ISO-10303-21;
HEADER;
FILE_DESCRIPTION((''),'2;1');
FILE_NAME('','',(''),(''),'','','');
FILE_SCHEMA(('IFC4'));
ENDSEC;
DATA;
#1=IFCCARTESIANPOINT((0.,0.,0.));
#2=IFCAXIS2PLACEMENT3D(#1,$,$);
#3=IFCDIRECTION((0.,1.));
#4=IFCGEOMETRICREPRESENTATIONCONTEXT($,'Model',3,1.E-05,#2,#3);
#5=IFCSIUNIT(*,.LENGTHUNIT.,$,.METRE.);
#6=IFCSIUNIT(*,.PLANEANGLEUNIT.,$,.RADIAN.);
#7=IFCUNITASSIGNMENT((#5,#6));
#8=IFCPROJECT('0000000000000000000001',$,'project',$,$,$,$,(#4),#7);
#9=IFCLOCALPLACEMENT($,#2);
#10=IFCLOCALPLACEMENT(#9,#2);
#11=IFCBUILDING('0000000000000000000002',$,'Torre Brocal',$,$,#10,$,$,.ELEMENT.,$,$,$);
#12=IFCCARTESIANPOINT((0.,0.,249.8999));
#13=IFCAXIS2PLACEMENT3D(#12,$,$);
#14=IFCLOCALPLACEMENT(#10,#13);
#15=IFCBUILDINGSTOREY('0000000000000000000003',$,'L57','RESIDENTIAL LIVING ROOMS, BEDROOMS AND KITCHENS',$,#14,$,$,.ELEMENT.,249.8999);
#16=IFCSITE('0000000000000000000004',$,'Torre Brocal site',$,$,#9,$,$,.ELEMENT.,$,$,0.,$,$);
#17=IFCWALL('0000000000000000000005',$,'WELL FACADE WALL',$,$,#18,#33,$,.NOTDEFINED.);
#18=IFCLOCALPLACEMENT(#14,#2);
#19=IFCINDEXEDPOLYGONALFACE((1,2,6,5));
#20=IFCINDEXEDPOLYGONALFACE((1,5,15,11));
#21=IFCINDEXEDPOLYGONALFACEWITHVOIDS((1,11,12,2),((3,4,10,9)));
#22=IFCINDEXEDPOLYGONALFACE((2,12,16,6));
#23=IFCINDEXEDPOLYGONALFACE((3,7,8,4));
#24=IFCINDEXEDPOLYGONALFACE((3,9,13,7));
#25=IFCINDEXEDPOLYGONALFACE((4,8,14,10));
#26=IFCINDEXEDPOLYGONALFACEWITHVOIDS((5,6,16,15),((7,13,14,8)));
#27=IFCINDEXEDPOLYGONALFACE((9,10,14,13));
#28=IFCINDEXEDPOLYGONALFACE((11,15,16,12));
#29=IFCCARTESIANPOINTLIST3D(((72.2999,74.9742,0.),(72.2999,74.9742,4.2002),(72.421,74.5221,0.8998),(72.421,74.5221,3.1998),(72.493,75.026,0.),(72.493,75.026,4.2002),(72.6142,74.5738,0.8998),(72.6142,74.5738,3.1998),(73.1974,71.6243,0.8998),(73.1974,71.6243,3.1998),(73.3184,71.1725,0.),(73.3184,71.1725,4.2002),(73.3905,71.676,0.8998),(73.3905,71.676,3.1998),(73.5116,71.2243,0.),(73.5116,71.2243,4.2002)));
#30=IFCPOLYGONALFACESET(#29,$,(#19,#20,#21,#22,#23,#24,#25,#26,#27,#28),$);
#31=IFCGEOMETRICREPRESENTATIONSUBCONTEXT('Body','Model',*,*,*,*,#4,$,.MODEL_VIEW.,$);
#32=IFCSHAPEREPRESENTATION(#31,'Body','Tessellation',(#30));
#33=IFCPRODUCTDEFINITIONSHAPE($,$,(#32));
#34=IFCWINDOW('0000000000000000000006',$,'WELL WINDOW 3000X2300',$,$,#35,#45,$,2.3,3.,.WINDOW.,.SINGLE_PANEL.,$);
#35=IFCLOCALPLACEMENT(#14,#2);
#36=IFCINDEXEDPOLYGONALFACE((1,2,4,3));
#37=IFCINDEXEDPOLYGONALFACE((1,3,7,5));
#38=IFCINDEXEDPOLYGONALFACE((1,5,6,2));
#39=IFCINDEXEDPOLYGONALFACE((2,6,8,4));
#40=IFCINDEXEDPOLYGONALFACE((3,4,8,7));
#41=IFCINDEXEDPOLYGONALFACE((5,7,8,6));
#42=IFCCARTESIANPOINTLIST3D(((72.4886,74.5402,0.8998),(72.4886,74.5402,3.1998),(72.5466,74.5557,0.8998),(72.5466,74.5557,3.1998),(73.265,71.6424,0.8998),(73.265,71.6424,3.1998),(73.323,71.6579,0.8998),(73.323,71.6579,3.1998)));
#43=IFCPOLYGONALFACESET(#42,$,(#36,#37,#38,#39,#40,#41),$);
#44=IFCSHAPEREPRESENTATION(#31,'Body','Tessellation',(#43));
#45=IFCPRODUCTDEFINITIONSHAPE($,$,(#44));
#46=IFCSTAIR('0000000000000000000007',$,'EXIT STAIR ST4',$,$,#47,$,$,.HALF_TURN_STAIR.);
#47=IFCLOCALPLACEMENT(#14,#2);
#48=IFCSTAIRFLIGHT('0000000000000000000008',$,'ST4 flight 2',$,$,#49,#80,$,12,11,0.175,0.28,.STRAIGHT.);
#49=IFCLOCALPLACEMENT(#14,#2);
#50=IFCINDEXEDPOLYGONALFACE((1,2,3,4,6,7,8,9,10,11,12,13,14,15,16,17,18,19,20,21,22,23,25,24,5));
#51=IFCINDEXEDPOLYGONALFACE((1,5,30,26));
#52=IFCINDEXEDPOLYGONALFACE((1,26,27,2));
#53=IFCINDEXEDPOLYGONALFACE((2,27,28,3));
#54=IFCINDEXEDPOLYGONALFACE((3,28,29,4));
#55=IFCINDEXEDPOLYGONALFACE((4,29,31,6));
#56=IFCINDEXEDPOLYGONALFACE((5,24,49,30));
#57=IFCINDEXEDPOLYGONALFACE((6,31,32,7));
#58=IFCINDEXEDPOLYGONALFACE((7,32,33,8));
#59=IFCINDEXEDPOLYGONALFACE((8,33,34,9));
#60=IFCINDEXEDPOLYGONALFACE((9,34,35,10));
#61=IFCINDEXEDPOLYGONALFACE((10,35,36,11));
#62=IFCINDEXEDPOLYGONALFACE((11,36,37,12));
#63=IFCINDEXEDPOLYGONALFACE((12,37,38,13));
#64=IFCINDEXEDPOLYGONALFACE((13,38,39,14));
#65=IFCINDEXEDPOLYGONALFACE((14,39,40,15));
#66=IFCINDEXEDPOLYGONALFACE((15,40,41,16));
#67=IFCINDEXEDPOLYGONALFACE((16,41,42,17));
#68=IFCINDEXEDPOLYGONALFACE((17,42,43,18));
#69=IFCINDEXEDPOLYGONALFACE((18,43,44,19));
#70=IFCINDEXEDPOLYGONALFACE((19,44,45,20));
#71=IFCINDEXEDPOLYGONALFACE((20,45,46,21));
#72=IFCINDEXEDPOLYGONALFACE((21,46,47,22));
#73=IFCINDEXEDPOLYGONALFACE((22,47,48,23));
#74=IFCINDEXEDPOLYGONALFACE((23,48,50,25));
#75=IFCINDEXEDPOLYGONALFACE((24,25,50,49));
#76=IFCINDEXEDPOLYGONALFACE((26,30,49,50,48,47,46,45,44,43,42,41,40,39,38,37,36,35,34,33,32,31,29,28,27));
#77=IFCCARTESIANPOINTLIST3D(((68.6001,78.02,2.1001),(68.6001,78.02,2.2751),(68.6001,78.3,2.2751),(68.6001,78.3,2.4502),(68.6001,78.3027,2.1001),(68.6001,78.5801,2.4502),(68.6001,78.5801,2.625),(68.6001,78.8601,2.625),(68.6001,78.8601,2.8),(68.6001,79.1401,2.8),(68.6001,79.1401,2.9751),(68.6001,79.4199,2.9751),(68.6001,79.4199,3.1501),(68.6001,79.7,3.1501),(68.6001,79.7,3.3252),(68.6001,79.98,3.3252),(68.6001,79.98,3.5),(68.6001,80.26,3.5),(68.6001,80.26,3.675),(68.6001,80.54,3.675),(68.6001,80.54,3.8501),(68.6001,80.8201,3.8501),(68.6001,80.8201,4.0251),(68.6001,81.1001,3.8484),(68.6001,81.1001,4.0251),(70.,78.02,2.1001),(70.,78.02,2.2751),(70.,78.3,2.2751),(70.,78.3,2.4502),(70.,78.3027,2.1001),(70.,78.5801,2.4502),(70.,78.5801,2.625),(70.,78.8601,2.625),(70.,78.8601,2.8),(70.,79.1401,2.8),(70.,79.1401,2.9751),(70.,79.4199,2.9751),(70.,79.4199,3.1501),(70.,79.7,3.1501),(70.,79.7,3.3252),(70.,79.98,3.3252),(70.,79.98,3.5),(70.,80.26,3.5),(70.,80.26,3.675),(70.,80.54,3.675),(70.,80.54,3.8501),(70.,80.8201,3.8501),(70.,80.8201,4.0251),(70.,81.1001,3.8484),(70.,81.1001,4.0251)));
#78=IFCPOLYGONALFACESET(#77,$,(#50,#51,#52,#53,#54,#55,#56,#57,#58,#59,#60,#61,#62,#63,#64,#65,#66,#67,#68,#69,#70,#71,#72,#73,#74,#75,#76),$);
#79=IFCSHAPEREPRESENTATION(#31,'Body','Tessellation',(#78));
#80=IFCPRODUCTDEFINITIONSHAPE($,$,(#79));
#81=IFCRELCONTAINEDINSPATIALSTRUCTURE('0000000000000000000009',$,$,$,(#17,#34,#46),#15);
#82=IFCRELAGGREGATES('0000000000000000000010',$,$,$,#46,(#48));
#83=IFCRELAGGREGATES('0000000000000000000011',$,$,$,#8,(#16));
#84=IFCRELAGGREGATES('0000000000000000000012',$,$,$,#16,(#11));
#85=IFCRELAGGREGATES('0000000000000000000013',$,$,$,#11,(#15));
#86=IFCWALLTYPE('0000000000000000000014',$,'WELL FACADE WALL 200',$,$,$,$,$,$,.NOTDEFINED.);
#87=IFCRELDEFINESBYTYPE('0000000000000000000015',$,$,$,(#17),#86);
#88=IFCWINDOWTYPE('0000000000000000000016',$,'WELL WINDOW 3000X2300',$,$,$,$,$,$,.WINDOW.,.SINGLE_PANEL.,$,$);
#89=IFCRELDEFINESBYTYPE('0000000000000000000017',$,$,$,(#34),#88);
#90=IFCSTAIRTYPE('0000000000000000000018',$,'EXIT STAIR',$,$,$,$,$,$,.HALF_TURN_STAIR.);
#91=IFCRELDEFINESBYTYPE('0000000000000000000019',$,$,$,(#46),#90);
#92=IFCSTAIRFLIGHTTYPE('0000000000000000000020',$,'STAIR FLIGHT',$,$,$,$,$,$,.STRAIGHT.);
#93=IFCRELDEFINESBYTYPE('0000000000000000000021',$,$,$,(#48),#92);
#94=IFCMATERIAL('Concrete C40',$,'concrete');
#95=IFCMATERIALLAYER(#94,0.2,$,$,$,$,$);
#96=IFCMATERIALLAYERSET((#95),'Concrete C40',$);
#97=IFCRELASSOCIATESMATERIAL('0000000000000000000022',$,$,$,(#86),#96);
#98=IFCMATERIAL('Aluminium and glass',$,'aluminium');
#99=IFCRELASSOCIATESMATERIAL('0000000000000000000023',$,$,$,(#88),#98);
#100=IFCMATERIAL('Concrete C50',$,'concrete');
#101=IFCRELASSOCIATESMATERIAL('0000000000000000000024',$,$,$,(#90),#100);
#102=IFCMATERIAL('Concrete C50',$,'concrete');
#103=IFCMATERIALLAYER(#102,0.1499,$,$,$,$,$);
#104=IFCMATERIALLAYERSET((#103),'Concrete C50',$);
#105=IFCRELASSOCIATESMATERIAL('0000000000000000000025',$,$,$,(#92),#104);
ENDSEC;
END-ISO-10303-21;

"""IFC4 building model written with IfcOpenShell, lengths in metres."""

from ifc_helpers import new_model, si_unit, direction, frame, frame_2d, origin, place, context, subcontext, project, spatial, polyline, rectangle, outline, extrude, material, layer, layer_set, type_object, element, fill, aggregate, save


model = new_model("IFC4")

# Units and contexts
model_context = context("Model", 3, precision=1e-05, world=origin(), true_north=direction((0.0, 1.0)))
body_context = subcontext(model_context, "Body", "Model", "MODEL_VIEW")
ifc_project = project(units=[si_unit("LENGTHUNIT", "METRE"), si_unit("PLANEANGLEUNIT", "RADIAN")], contexts=[model_context])

# Site, building, storey
site_placement = place(None, origin())
site = spatial("IfcSite", under=ifc_project, at=site_placement, Name="Torre Brocal site", CompositionType="ELEMENT", RefElevation=0.0)
building_placement = place(site_placement, origin())
building = spatial("IfcBuilding", under=site, at=building_placement, Name="Torre Brocal", CompositionType="ELEMENT")
storey_placement = place(building_placement, frame((0.0, 0.0, 249.8999)))
storey = spatial("IfcBuildingStorey", under=building, at=storey_placement, Name="L57", Description="RESIDENTIAL LIVING ROOMS, BEDROOMS AND KITCHENS", CompositionType="ELEMENT", Elevation=249.8999)

# Wall, opening, window
ifc_material_1 = material(Name="Concrete C40", Category="concrete")
ifc_layer_1 = layer(ifc_material_1, 0.2)
ifc_layer_set_1 = layer_set([ifc_layer_1], Name="Concrete C40")
wall_type_1 = type_object("IfcWallType", Name="WELL FACADE WALL 200", PredefinedType="NOTDEFINED", material=ifc_layer_set_1)
ifc_material_2 = material(Name="Aluminium and glass", Category="aluminium")
window_type = type_object("IfcWindowType", Name="WELL WINDOW 3000X2300", PartitioningType="SINGLE_PANEL", PredefinedType="WINDOW", material=ifc_material_2)
wall_1_placement = place(storey_placement, frame((72.3965, 75.0, 0.0), z_axis=(0.0, 0.0, 1.0), x_axis=(0.25879, -0.965934, 0.0)))
wall_1 = element("IfcWall", 1, at=wall_1_placement, inside=storey, type_object=wall_type_1, Name="WELL FACADE WALL", PredefinedType="NOTDEFINED", context=body_context, shape_type="SweptSolid", body=[
    extrude(rectangle(XDim=3.9358, YDim=0.2, at=frame_2d((1.9678, 0.0))), origin(), (0.0, 0.0, 1.0), 4.2002),
])
opening_1_placement = place(wall_1_placement, frame((0.468, 0.0, 0.8999)))
opening_1 = element("IfcOpeningElement", 2, at=opening_1_placement, cuts=wall_1, PredefinedType="OPENING", context=body_context, shape_type="SweptSolid", body=[
    extrude(rectangle(XDim=3.0, YDim=2.3, at=frame_2d((1.5, 1.1499))), frame((0.0, 0.1099, 0.0), z_axis=(0.0, -1.0, 0.0), x_axis=(1.0, 0.0, 0.0)), (0.0, 0.0, 1.0), 0.22),
])
window_1_placement = place(opening_1_placement, origin())
window_1 = element("IfcWindow", 3, at=window_1_placement, inside=storey, type_object=window_type, Name="WELL WINDOW 3000X2300", OverallHeight=2.3, OverallWidth=3.0, PartitioningType="SINGLE_PANEL", PredefinedType="WINDOW", context=body_context, shape_type="SweptSolid", body=[
    extrude(rectangle(XDim=3.0, YDim=2.3, at=frame_2d((1.5, 1.1499))), frame((0.0, 0.03, 0.0), z_axis=(0.0, -1.0, 0.0), x_axis=(1.0, 0.0, 0.0)), (0.0, 0.0, 1.0), 0.0601),
])
fill(opening_1, window_1)

# Stair, stair flight
ifc_material_3 = material(Name="Concrete C50", Category="concrete")
stair_type = type_object("IfcStairType", Name="EXIT STAIR", PredefinedType="HALF_TURN_STAIR", material=ifc_material_3)
stair_placement = place(storey_placement, origin())
stair = element("IfcStair", 4, at=stair_placement, inside=storey, type_object=stair_type, Name="EXIT STAIR ST4", PredefinedType="HALF_TURN_STAIR")
ifc_material_4 = material(Name="Concrete C50", Category="concrete")
ifc_layer_2 = layer(ifc_material_4, 0.1499)
ifc_layer_set_2 = layer_set([ifc_layer_2], Name="Concrete C50")
stair_flight_type = type_object("IfcStairFlightType", Name="STAIR FLIGHT", PredefinedType="STRAIGHT", material=ifc_layer_set_2)
stair_flight_placement = place(storey_placement, frame((69.3, 78.02, 2.1001), z_axis=(0.0, 0.0, 1.0), x_axis=(0.0, 1.0, 0.0)))
stair_flight = element("IfcStairFlight", 5, at=stair_flight_placement, type_object=stair_flight_type, Name="ST4 flight 2", NumberOfRisers=12, NumberOfTreads=11, PredefinedType="STRAIGHT", RiserHeight=0.175, TreadLength=0.28, context=body_context, shape_type="SweptSolid", body=[
    extrude(outline(polyline([(0.0, 0.0), (0.0, 0.175), (0.28, 0.175), (0.28, 0.3501), (0.5601, 0.3501), (0.5601, 0.5249), (0.8401, 0.5249), (0.8401, 0.7), (1.1201, 0.7), (1.1201, 0.875), (1.3999, 0.875), (1.3999, 1.05), (1.6799, 1.05), (1.6799, 1.2251), (1.96, 1.2251), (1.96, 1.3999), (2.24, 1.3999), (2.24, 1.575), (2.52, 1.575), (2.52, 1.75), (2.8, 1.75), (2.8, 1.925), (3.0801, 1.925), (3.0801, 2.1001), (3.0801, 1.7483), (0.2827, 0.0), (0.0, 0.0)])), frame((0.0, 0.7, 0.0), z_axis=(0.0, -1.0, 0.0), x_axis=(1.0, 0.0, 0.0)), (0.0, 0.0, 1.0), 1.3999),
])
aggregate(stair, [stair_flight])

save(model, "model.ifc")
